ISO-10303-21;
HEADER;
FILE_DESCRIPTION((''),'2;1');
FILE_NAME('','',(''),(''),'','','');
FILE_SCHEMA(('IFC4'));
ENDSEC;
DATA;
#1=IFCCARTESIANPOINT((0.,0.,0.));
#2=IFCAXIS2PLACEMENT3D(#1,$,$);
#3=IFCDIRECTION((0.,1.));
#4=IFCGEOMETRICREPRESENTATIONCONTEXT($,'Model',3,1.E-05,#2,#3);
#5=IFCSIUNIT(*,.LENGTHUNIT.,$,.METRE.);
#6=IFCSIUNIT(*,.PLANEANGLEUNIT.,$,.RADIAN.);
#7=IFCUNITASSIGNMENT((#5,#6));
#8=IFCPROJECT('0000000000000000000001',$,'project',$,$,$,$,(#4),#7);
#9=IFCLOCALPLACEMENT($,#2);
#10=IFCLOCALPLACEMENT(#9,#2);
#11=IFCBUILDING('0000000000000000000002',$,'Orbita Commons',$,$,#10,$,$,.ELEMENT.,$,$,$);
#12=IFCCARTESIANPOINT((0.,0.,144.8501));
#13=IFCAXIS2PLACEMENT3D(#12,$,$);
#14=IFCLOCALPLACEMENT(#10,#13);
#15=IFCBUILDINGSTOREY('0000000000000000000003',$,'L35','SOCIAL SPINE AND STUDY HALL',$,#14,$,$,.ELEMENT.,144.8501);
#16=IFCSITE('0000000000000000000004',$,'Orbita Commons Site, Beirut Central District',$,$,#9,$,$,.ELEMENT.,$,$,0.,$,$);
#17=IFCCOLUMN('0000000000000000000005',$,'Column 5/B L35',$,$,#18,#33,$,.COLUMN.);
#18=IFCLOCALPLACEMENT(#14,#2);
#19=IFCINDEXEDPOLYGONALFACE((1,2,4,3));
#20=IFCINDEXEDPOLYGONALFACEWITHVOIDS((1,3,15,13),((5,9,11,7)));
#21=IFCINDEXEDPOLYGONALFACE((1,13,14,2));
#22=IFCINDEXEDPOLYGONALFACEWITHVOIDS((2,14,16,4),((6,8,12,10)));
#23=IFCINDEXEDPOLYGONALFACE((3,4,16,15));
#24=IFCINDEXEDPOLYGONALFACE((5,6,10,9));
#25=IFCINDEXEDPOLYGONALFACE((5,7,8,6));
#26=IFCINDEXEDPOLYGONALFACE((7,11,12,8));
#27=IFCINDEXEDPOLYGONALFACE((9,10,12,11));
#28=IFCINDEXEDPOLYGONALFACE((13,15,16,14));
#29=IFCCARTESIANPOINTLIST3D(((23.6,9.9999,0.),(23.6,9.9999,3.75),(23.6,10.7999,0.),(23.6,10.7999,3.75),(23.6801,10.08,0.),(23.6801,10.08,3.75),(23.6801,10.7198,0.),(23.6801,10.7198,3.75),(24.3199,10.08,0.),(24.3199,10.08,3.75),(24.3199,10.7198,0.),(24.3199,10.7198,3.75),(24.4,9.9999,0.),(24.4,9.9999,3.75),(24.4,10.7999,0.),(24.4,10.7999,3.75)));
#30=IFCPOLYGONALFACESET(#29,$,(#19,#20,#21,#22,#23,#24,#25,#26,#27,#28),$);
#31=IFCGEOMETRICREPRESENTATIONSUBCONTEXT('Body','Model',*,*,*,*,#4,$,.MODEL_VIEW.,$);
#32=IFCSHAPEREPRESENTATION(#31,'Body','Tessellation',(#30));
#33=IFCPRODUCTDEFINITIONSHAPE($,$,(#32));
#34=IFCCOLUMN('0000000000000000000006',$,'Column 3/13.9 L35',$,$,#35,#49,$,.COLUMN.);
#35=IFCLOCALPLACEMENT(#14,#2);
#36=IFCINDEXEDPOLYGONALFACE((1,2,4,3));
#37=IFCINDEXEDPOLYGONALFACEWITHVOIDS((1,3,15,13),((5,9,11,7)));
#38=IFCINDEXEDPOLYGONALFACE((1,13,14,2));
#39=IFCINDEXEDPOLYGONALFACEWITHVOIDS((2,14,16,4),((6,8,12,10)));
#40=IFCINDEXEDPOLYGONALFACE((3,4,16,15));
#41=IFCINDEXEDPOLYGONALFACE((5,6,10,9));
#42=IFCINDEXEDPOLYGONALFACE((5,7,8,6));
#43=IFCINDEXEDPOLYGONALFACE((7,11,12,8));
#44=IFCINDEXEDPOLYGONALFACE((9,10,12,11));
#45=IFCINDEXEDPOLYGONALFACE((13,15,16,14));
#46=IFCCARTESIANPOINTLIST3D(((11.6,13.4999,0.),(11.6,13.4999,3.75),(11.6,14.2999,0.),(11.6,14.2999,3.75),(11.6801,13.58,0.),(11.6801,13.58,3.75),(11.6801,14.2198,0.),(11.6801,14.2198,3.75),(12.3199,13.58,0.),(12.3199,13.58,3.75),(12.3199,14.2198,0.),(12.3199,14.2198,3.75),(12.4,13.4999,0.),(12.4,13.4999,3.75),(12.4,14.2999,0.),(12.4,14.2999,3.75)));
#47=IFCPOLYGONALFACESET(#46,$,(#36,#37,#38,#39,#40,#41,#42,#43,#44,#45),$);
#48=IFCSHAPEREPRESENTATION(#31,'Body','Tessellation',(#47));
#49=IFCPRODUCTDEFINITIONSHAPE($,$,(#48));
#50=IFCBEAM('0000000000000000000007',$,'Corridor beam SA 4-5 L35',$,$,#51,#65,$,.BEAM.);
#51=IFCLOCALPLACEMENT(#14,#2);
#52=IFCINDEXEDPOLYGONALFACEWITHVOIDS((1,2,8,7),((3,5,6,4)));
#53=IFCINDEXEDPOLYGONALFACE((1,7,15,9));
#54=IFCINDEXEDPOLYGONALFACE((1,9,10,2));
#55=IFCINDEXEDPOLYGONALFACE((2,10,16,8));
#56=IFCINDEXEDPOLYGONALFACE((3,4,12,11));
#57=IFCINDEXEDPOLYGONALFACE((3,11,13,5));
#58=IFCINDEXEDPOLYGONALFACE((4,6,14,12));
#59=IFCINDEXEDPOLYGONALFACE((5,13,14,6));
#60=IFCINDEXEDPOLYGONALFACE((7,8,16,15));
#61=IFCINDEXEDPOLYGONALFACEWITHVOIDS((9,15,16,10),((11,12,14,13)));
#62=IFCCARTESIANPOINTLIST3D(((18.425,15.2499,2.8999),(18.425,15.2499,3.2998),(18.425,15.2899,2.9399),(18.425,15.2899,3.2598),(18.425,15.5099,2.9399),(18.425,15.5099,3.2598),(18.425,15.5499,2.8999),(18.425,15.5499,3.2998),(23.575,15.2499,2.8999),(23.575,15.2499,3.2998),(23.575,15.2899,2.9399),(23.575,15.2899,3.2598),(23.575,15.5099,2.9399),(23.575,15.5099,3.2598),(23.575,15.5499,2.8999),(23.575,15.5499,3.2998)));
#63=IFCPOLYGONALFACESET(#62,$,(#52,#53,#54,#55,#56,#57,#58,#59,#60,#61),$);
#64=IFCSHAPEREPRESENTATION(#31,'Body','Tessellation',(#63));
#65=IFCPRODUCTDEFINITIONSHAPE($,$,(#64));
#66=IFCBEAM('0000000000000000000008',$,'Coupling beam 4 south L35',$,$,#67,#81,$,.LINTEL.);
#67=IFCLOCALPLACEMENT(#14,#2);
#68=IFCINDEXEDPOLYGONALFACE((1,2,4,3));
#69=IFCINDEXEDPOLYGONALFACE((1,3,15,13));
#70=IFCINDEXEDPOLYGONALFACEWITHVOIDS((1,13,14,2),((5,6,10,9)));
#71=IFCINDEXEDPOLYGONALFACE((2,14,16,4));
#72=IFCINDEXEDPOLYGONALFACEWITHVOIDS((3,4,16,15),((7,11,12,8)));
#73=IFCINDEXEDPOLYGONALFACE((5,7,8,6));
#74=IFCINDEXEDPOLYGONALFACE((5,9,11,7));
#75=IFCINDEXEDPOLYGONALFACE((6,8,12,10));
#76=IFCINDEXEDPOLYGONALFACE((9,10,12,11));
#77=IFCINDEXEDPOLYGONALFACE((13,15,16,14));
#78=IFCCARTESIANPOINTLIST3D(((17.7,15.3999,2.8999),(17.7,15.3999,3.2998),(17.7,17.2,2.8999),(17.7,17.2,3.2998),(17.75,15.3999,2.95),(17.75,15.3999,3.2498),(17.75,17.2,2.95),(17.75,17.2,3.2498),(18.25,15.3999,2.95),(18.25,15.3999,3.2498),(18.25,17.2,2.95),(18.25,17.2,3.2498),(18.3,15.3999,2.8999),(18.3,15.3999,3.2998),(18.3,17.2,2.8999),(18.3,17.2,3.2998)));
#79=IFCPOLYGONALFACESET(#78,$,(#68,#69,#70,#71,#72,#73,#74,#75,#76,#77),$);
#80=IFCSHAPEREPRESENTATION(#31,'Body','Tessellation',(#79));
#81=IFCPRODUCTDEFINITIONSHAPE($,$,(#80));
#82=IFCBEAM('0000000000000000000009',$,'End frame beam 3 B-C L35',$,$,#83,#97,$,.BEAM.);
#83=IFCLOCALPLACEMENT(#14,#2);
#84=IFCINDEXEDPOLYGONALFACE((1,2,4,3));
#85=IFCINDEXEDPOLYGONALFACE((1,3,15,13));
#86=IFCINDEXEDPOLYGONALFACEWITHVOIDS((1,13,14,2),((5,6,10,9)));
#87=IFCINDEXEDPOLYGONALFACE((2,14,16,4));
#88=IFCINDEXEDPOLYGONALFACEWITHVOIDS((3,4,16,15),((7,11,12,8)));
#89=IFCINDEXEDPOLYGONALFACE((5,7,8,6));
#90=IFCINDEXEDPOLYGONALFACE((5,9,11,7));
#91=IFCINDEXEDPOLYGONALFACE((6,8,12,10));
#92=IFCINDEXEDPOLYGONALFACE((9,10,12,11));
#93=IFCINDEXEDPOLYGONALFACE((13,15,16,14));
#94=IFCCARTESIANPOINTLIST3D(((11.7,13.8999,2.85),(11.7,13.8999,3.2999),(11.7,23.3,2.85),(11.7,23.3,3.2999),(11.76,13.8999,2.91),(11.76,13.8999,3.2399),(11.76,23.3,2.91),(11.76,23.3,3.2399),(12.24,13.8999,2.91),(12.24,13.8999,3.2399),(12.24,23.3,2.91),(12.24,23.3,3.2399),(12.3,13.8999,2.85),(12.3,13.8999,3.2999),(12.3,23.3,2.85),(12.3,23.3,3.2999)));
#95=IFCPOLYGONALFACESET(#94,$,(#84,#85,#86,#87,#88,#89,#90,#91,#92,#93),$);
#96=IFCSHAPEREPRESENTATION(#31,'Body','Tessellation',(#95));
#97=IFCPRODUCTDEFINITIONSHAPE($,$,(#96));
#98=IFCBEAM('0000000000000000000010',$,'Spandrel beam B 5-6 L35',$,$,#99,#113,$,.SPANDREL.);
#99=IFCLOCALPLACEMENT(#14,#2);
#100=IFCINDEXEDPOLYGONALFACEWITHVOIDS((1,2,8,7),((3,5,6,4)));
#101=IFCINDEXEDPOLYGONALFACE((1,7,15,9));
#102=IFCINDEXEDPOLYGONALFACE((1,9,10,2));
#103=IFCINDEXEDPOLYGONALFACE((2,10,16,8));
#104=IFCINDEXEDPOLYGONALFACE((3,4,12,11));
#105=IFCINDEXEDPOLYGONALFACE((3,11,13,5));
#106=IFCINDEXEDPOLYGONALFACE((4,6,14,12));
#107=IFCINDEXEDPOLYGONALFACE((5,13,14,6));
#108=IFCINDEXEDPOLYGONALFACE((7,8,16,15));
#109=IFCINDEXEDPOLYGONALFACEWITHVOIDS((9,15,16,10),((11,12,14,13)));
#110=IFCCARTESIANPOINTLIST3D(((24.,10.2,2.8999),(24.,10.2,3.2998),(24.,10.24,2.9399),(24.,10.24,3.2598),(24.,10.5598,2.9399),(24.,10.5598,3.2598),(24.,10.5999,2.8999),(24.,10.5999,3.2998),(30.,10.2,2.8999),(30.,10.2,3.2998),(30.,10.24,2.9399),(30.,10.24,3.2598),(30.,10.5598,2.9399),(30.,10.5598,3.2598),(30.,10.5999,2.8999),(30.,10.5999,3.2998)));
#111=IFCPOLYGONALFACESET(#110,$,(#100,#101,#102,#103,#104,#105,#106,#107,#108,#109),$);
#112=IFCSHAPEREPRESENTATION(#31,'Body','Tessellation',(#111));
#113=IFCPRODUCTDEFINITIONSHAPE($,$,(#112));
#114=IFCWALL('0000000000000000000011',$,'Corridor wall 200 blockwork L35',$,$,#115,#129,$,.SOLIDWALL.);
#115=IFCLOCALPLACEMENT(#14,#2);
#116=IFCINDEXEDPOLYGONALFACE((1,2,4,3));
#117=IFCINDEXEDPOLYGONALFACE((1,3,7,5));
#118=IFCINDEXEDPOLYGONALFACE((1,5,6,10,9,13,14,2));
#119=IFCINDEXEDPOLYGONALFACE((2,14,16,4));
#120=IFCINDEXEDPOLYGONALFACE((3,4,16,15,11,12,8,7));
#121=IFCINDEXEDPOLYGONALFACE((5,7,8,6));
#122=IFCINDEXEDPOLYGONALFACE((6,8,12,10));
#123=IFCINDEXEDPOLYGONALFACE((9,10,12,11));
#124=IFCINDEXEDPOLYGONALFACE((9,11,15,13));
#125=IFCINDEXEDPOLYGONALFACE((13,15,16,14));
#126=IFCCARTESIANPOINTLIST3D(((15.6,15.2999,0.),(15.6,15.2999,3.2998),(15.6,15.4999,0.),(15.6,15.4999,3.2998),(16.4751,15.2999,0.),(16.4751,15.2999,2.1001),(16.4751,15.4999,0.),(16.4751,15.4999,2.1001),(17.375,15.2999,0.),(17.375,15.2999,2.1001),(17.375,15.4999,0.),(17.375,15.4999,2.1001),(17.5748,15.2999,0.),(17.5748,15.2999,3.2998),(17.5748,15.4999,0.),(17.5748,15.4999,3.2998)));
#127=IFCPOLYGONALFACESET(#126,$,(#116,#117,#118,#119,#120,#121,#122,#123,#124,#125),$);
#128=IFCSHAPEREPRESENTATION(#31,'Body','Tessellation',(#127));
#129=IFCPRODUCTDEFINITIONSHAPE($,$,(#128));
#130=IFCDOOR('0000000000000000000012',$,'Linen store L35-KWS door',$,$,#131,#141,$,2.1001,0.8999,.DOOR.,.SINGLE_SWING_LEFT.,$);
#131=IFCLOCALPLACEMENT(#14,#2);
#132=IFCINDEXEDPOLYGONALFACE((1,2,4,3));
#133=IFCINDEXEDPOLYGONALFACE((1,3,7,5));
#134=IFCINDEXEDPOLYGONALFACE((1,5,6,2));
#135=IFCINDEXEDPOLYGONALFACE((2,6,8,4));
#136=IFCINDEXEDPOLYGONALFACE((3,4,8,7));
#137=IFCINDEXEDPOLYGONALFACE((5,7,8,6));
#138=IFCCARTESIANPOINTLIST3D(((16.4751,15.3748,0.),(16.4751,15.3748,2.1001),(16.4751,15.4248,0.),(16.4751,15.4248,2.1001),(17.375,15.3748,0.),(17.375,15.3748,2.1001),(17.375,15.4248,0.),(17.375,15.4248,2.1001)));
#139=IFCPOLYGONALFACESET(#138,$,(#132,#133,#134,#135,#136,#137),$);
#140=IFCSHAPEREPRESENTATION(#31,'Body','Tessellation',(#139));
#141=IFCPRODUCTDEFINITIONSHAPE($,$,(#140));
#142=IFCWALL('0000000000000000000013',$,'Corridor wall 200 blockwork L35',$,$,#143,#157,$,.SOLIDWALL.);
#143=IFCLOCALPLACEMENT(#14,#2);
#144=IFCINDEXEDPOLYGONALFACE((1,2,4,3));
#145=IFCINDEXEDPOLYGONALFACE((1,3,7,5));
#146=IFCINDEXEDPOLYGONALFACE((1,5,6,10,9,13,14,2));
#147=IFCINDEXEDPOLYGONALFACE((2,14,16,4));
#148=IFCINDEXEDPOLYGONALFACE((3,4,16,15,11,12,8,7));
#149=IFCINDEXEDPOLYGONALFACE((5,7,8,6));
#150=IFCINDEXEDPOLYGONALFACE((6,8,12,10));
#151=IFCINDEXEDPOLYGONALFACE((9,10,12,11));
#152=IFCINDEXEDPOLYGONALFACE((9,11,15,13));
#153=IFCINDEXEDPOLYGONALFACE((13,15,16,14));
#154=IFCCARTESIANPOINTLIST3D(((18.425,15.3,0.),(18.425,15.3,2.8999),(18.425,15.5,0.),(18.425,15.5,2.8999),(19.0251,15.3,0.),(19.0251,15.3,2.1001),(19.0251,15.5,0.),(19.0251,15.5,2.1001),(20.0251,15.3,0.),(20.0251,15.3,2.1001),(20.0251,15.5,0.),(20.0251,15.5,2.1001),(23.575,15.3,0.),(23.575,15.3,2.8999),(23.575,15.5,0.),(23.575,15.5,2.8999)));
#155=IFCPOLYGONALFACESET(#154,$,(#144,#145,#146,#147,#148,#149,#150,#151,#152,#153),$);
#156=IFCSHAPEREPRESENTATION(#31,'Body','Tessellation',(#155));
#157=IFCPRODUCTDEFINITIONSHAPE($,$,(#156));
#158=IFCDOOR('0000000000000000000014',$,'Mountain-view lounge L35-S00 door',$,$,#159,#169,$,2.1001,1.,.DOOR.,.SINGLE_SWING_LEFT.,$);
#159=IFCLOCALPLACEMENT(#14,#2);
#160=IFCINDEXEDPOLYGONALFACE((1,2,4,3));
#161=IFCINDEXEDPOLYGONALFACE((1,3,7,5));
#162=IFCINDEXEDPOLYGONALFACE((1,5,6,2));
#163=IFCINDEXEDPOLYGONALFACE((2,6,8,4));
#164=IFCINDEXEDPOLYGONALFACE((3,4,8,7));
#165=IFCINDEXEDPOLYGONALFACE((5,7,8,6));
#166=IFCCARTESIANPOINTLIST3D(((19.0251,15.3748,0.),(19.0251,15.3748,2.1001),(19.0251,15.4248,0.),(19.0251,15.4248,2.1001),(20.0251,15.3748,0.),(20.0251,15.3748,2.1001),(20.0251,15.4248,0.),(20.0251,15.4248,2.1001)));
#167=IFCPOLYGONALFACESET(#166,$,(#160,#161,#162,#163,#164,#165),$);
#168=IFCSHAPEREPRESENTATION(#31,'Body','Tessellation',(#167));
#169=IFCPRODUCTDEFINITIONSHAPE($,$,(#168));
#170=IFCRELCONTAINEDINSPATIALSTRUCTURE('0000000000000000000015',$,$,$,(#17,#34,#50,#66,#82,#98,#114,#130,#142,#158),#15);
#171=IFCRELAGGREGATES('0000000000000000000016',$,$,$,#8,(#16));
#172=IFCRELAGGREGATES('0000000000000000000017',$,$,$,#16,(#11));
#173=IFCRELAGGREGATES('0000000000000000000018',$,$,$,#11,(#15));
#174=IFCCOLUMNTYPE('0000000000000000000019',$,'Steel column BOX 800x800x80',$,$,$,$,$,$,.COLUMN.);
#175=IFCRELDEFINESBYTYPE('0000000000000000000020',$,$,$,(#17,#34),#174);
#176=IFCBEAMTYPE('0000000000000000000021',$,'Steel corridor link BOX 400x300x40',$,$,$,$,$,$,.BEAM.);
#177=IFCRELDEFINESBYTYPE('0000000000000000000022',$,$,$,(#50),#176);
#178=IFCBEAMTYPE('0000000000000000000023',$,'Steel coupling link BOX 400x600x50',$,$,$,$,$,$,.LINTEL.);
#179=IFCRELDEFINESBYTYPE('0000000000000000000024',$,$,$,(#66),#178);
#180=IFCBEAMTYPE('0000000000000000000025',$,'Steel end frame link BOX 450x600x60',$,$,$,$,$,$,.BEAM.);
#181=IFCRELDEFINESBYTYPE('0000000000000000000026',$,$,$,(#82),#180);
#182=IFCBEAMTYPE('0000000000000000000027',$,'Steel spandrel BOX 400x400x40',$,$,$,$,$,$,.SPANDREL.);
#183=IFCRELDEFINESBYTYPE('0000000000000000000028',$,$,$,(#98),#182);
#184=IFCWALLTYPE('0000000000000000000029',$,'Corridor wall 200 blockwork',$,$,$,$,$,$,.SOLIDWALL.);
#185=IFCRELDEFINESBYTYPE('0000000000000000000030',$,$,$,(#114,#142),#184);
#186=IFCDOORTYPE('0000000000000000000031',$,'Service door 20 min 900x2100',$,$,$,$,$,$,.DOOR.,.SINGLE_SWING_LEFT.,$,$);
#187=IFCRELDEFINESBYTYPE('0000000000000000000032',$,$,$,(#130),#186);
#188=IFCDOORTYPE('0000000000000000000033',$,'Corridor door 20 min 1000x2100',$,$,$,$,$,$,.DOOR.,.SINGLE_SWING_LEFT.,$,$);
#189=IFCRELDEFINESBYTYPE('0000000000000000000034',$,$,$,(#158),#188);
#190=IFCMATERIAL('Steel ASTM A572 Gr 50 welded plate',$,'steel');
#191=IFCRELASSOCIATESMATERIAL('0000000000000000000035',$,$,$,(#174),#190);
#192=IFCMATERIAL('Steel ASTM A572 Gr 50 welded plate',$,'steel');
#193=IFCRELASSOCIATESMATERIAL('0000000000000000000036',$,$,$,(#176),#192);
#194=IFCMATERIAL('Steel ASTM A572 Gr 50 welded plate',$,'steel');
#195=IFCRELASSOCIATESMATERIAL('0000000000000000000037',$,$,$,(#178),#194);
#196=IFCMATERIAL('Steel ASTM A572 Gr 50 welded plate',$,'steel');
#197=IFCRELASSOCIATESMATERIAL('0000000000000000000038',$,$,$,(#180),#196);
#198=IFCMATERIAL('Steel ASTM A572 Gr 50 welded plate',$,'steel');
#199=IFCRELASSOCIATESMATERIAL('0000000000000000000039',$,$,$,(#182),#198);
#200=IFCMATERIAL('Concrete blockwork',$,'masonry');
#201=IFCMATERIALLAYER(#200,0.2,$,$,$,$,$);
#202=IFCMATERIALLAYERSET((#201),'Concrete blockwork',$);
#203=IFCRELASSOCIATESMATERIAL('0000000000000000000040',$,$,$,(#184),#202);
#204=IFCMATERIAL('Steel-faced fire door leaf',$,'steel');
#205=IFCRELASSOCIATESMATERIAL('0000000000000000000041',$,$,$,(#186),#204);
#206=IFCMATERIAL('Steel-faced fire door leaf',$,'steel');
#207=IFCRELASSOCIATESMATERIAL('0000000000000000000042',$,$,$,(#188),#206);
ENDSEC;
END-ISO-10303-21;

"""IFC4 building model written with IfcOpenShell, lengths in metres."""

from ifc_helpers import new_model, si_unit, direction, frame, frame_2d, origin, origin_2d, place, context, subcontext, project, spatial, polyline, rectangle, hollow_rectangle, outline, extrude, material, layer, layer_set, material_profile, profile_set, type_object, element, fill, save


model = new_model("IFC4")

# Units and contexts
model_context = context("Model", 3, precision=1e-05, world=origin(), true_north=direction((0.0, 1.0)))
body_context = subcontext(model_context, "Body", "Model", "MODEL_VIEW")
ifc_project = project(units=[si_unit("LENGTHUNIT", "METRE"), si_unit("PLANEANGLEUNIT", "RADIAN")], contexts=[model_context])

# Site, building, storey
site_placement = place(None, origin())
site = spatial("IfcSite", under=ifc_project, at=site_placement, Name="Orbita Commons Site, Beirut Central District", CompositionType="ELEMENT", RefElevation=0.0)
building_placement = place(site_placement, origin())
building = spatial("IfcBuilding", under=site, at=building_placement, Name="Orbita Commons", CompositionType="ELEMENT")
storey_placement = place(building_placement, frame((0.0, 0.0, 144.8501)))
storey = spatial("IfcBuildingStorey", under=building, at=storey_placement, Name="L35", Description="SOCIAL SPINE AND STUDY HALL", CompositionType="ELEMENT", Elevation=144.8501)

# Columns
ifc_material_1 = material(Name="Steel ASTM A572 Gr 50 welded plate", Category="steel")
ifc_material_profile_1 = material_profile(ifc_material_1, hollow_rectangle(XDim=0.8, YDim=0.8, WallThickness=0.0801, at=origin_2d()), Name="BOX 800x800x80")
ifc_profile_set_1 = profile_set([ifc_material_profile_1], Name="Steel ASTM A572 Gr 50 welded plate")
column_type = type_object("IfcColumnType", Name="Steel column BOX 800x800x80", PredefinedType="COLUMN", material=ifc_profile_set_1)
for number, where, z_axis, x_axis, name in (
    (1, (24.0, 10.3999, 0.0), (0.0, 0.0, 1.0), (1.0, 0.0, 0.0), "Column 5/B L35"),
    (2, (12.0, 13.8999, 0.0), (0.0, 0.0, 1.0), (1.0, 0.0, 0.0), "Column 3/13.9 L35"),
):
    element("IfcColumn", number, at=place(storey_placement, frame(where, z_axis=z_axis, x_axis=x_axis)), inside=storey, type_object=column_type, Name=name, PredefinedType="COLUMN", context=body_context, shape_type="SweptSolid", body=[
        extrude(hollow_rectangle(XDim=0.8, YDim=0.8, WallThickness=0.0801, at=origin_2d()), origin(), (0.0, 0.0, 1.0), 3.75),
    ])

# Beams
ifc_material_2 = material(Name="Steel ASTM A572 Gr 50 welded plate", Category="steel")
ifc_material_profile_2 = material_profile(ifc_material_2, hollow_rectangle(XDim=0.3, YDim=0.3999, WallThickness=0.04, at=origin_2d()), Name="BOX 400x300x40")
ifc_profile_set_2 = profile_set([ifc_material_profile_2], Name="Steel ASTM A572 Gr 50 welded plate")
beam_type_1 = type_object("IfcBeamType", Name="Steel corridor link BOX 400x300x40", PredefinedType="BEAM", material=ifc_profile_set_2)
beam_1_placement = place(storey_placement, frame((18.425, 15.3999, 3.0999), z_axis=(1.0, 0.0, 0.0), x_axis=(0.0, 1.0, 0.0)))
element("IfcBeam", 3, at=beam_1_placement, inside=storey, type_object=beam_type_1, Name="Corridor beam SA 4-5 L35", PredefinedType="BEAM", context=body_context, shape_type="SweptSolid", body=[
    extrude(hollow_rectangle(XDim=0.3, YDim=0.3999, WallThickness=0.04, at=origin_2d()), origin(), (0.0, 0.0, 1.0), 5.1499),
])
ifc_material_3 = material(Name="Steel ASTM A572 Gr 50 welded plate", Category="steel")
ifc_material_profile_3 = material_profile(ifc_material_3, hollow_rectangle(XDim=0.6001, YDim=0.3999, WallThickness=0.05, at=origin_2d()), Name="BOX 400x600x50")
ifc_profile_set_3 = profile_set([ifc_material_profile_3], Name="Steel ASTM A572 Gr 50 welded plate")
beam_type_2 = type_object("IfcBeamType", Name="Steel coupling link BOX 400x600x50", PredefinedType="LINTEL", material=ifc_profile_set_3)
beam_2_placement = place(storey_placement, frame((18.0, 15.3999, 3.0999), z_axis=(0.0, 1.0, 0.0), x_axis=(-1.0, 0.0, 0.0)))
element("IfcBeam", 4, at=beam_2_placement, inside=storey, type_object=beam_type_2, Name="Coupling beam 4 south L35", PredefinedType="LINTEL", context=body_context, shape_type="SweptSolid", body=[
    extrude(hollow_rectangle(XDim=0.6001, YDim=0.3999, WallThickness=0.05, at=origin_2d()), origin(), (0.0, 0.0, 1.0), 1.8),
])
ifc_material_4 = material(Name="Steel ASTM A572 Gr 50 welded plate", Category="steel")
ifc_material_profile_4 = material_profile(ifc_material_4, hollow_rectangle(XDim=0.6001, YDim=0.45, WallThickness=0.0601, at=origin_2d()), Name="BOX 450x600x60")
ifc_profile_set_4 = profile_set([ifc_material_profile_4], Name="Steel ASTM A572 Gr 50 welded plate")
beam_type_3 = type_object("IfcBeamType", Name="Steel end frame link BOX 450x600x60", PredefinedType="BEAM", material=ifc_profile_set_4)
beam_3_placement = place(storey_placement, frame((12.0, 13.8999, 3.075), z_axis=(0.0, 1.0, 0.0), x_axis=(-1.0, 0.0, 0.0)))
element("IfcBeam", 5, at=beam_3_placement, inside=storey, type_object=beam_type_3, Name="End frame beam 3 B-C L35", PredefinedType="BEAM", context=body_context, shape_type="SweptSolid", body=[
    extrude(hollow_rectangle(XDim=0.6001, YDim=0.45, WallThickness=0.0601, at=origin_2d()), origin(), (0.0, 0.0, 1.0), 9.4001),
])
ifc_material_5 = material(Name="Steel ASTM A572 Gr 50 welded plate", Category="steel")
ifc_material_profile_5 = material_profile(ifc_material_5, hollow_rectangle(XDim=0.3999, YDim=0.3999, WallThickness=0.04, at=origin_2d()), Name="BOX 400x400x40")
ifc_profile_set_5 = profile_set([ifc_material_profile_5], Name="Steel ASTM A572 Gr 50 welded plate")
beam_type_4 = type_object("IfcBeamType", Name="Steel spandrel BOX 400x400x40", PredefinedType="SPANDREL", material=ifc_profile_set_5)
beam_4_placement = place(storey_placement, frame((24.0, 10.3999, 3.0999), z_axis=(1.0, 0.0, 0.0), x_axis=(0.0, 1.0, 0.0)))
element("IfcBeam", 6, at=beam_4_placement, inside=storey, type_object=beam_type_4, Name="Spandrel beam B 5-6 L35", PredefinedType="SPANDREL", context=body_context, shape_type="SweptSolid", body=[
    extrude(hollow_rectangle(XDim=0.3999, YDim=0.3999, WallThickness=0.04, at=origin_2d()), origin(), (0.0, 0.0, 1.0), 6.0),
])

# Walls, openings, doors
ifc_material_6 = material(Name="Concrete blockwork", Category="masonry")
ifc_layer_1 = layer(ifc_material_6, 0.2)
ifc_layer_set_1 = layer_set([ifc_layer_1], Name="Concrete blockwork")
wall_type_1 = type_object("IfcWallType", Name="Corridor wall 200 blockwork", PredefinedType="SOLIDWALL", material=ifc_layer_set_1)
wall_1_placement = place(storey_placement, frame((15.6001, 15.3999, 0.0), z_axis=(0.0, 0.0, 1.0), x_axis=(1.0, 0.0, 0.0)))
wall_1 = element("IfcWall", 7, at=wall_1_placement, inside=storey, type_object=wall_type_1, Name="Corridor wall 200 blockwork L35", PredefinedType="SOLIDWALL", context=body_context, shape_type="SweptSolid", body=[
    extrude(rectangle(XDim=1.9749, YDim=0.2, at=frame_2d((0.9873, 0.0))), origin(), (0.0, 0.0, 1.0), 3.2998),
])
opening_1_placement = place(wall_1_placement, frame((0.875, 0.0, 0.0)))
opening_1 = element("IfcOpeningElement", 8, at=opening_1_placement, cuts=wall_1, PredefinedType="OPENING", context=body_context, shape_type="SweptSolid", body=[
    extrude(rectangle(XDim=0.8999, YDim=2.1001, at=frame_2d((0.45, 1.05))), frame((0.0, 0.1099, 0.0), z_axis=(0.0, -1.0, 0.0), x_axis=(1.0, 0.0, 0.0)), (0.0, 0.0, 1.0), 0.22),
])
ifc_material_7 = material(Name="Steel-faced fire door leaf", Category="steel")
door_type_1 = type_object("IfcDoorType", Name="Service door 20 min 900x2100", OperationType="SINGLE_SWING_LEFT", PredefinedType="DOOR", material=ifc_material_7)
door_1_placement = place(opening_1_placement, origin())
door_1 = element("IfcDoor", 9, at=door_1_placement, inside=storey, type_object=door_type_1, Name="Linen store L35-KWS door", OperationType="SINGLE_SWING_LEFT", OverallHeight=2.1001, OverallWidth=0.8999, PredefinedType="DOOR", context=body_context, shape_type="SweptSolid", body=[
    extrude(rectangle(XDim=0.8999, YDim=2.1001, at=frame_2d((0.45, 1.05))), frame((0.0, 0.0249, 0.0), z_axis=(0.0, -1.0, 0.0), x_axis=(1.0, 0.0, 0.0)), (0.0, 0.0, 1.0), 0.05),
])
fill(opening_1, door_1)
wall_2_placement = place(storey_placement, frame((18.425, 15.3999, 0.0), z_axis=(0.0, 0.0, 1.0), x_axis=(1.0, 0.0, 0.0)))
wall_2 = element("IfcWall", 10, at=wall_2_placement, inside=storey, type_object=wall_type_1, Name="Corridor wall 200 blockwork L35", PredefinedType="SOLIDWALL", context=body_context, shape_type="SweptSolid", body=[
    extrude(outline(polyline([(0.0, 0.0), (5.1499, 0.0), (5.1499, 2.8999), (0.0, 2.8999), (0.0, 0.0)])), frame((0.0, 0.1001, 0.0), z_axis=(0.0, -1.0, 0.0), x_axis=(1.0, 0.0, 0.0)), (0.0, 0.0, 1.0), 0.2),
])
opening_2_placement = place(wall_2_placement, frame((0.6001, 0.0, 0.0)))
opening_2 = element("IfcOpeningElement", 11, at=opening_2_placement, cuts=wall_2, PredefinedType="OPENING", context=body_context, shape_type="SweptSolid", body=[
    extrude(rectangle(XDim=1.0, YDim=2.1001, at=frame_2d((0.5, 1.05))), frame((0.0, 0.1099, 0.0), z_axis=(0.0, -1.0, 0.0), x_axis=(1.0, 0.0, 0.0)), (0.0, 0.0, 1.0), 0.22),
])
ifc_material_8 = material(Name="Steel-faced fire door leaf", Category="steel")
door_type_2 = type_object("IfcDoorType", Name="Corridor door 20 min 1000x2100", OperationType="SINGLE_SWING_LEFT", PredefinedType="DOOR", material=ifc_material_8)
door_2_placement = place(opening_2_placement, origin())
door_2 = element("IfcDoor", 12, at=door_2_placement, inside=storey, type_object=door_type_2, Name="Mountain-view lounge L35-S00 door", OperationType="SINGLE_SWING_LEFT", OverallHeight=2.1001, OverallWidth=1.0, PredefinedType="DOOR", context=body_context, shape_type="SweptSolid", body=[
    extrude(rectangle(XDim=1.0, YDim=2.1001, at=frame_2d((0.5, 1.05))), frame((0.0, 0.0249, 0.0), z_axis=(0.0, -1.0, 0.0), x_axis=(1.0, 0.0, 0.0)), (0.0, 0.0, 1.0), 0.05),
])
fill(opening_2, door_2)

save(model, "model.ifc")
